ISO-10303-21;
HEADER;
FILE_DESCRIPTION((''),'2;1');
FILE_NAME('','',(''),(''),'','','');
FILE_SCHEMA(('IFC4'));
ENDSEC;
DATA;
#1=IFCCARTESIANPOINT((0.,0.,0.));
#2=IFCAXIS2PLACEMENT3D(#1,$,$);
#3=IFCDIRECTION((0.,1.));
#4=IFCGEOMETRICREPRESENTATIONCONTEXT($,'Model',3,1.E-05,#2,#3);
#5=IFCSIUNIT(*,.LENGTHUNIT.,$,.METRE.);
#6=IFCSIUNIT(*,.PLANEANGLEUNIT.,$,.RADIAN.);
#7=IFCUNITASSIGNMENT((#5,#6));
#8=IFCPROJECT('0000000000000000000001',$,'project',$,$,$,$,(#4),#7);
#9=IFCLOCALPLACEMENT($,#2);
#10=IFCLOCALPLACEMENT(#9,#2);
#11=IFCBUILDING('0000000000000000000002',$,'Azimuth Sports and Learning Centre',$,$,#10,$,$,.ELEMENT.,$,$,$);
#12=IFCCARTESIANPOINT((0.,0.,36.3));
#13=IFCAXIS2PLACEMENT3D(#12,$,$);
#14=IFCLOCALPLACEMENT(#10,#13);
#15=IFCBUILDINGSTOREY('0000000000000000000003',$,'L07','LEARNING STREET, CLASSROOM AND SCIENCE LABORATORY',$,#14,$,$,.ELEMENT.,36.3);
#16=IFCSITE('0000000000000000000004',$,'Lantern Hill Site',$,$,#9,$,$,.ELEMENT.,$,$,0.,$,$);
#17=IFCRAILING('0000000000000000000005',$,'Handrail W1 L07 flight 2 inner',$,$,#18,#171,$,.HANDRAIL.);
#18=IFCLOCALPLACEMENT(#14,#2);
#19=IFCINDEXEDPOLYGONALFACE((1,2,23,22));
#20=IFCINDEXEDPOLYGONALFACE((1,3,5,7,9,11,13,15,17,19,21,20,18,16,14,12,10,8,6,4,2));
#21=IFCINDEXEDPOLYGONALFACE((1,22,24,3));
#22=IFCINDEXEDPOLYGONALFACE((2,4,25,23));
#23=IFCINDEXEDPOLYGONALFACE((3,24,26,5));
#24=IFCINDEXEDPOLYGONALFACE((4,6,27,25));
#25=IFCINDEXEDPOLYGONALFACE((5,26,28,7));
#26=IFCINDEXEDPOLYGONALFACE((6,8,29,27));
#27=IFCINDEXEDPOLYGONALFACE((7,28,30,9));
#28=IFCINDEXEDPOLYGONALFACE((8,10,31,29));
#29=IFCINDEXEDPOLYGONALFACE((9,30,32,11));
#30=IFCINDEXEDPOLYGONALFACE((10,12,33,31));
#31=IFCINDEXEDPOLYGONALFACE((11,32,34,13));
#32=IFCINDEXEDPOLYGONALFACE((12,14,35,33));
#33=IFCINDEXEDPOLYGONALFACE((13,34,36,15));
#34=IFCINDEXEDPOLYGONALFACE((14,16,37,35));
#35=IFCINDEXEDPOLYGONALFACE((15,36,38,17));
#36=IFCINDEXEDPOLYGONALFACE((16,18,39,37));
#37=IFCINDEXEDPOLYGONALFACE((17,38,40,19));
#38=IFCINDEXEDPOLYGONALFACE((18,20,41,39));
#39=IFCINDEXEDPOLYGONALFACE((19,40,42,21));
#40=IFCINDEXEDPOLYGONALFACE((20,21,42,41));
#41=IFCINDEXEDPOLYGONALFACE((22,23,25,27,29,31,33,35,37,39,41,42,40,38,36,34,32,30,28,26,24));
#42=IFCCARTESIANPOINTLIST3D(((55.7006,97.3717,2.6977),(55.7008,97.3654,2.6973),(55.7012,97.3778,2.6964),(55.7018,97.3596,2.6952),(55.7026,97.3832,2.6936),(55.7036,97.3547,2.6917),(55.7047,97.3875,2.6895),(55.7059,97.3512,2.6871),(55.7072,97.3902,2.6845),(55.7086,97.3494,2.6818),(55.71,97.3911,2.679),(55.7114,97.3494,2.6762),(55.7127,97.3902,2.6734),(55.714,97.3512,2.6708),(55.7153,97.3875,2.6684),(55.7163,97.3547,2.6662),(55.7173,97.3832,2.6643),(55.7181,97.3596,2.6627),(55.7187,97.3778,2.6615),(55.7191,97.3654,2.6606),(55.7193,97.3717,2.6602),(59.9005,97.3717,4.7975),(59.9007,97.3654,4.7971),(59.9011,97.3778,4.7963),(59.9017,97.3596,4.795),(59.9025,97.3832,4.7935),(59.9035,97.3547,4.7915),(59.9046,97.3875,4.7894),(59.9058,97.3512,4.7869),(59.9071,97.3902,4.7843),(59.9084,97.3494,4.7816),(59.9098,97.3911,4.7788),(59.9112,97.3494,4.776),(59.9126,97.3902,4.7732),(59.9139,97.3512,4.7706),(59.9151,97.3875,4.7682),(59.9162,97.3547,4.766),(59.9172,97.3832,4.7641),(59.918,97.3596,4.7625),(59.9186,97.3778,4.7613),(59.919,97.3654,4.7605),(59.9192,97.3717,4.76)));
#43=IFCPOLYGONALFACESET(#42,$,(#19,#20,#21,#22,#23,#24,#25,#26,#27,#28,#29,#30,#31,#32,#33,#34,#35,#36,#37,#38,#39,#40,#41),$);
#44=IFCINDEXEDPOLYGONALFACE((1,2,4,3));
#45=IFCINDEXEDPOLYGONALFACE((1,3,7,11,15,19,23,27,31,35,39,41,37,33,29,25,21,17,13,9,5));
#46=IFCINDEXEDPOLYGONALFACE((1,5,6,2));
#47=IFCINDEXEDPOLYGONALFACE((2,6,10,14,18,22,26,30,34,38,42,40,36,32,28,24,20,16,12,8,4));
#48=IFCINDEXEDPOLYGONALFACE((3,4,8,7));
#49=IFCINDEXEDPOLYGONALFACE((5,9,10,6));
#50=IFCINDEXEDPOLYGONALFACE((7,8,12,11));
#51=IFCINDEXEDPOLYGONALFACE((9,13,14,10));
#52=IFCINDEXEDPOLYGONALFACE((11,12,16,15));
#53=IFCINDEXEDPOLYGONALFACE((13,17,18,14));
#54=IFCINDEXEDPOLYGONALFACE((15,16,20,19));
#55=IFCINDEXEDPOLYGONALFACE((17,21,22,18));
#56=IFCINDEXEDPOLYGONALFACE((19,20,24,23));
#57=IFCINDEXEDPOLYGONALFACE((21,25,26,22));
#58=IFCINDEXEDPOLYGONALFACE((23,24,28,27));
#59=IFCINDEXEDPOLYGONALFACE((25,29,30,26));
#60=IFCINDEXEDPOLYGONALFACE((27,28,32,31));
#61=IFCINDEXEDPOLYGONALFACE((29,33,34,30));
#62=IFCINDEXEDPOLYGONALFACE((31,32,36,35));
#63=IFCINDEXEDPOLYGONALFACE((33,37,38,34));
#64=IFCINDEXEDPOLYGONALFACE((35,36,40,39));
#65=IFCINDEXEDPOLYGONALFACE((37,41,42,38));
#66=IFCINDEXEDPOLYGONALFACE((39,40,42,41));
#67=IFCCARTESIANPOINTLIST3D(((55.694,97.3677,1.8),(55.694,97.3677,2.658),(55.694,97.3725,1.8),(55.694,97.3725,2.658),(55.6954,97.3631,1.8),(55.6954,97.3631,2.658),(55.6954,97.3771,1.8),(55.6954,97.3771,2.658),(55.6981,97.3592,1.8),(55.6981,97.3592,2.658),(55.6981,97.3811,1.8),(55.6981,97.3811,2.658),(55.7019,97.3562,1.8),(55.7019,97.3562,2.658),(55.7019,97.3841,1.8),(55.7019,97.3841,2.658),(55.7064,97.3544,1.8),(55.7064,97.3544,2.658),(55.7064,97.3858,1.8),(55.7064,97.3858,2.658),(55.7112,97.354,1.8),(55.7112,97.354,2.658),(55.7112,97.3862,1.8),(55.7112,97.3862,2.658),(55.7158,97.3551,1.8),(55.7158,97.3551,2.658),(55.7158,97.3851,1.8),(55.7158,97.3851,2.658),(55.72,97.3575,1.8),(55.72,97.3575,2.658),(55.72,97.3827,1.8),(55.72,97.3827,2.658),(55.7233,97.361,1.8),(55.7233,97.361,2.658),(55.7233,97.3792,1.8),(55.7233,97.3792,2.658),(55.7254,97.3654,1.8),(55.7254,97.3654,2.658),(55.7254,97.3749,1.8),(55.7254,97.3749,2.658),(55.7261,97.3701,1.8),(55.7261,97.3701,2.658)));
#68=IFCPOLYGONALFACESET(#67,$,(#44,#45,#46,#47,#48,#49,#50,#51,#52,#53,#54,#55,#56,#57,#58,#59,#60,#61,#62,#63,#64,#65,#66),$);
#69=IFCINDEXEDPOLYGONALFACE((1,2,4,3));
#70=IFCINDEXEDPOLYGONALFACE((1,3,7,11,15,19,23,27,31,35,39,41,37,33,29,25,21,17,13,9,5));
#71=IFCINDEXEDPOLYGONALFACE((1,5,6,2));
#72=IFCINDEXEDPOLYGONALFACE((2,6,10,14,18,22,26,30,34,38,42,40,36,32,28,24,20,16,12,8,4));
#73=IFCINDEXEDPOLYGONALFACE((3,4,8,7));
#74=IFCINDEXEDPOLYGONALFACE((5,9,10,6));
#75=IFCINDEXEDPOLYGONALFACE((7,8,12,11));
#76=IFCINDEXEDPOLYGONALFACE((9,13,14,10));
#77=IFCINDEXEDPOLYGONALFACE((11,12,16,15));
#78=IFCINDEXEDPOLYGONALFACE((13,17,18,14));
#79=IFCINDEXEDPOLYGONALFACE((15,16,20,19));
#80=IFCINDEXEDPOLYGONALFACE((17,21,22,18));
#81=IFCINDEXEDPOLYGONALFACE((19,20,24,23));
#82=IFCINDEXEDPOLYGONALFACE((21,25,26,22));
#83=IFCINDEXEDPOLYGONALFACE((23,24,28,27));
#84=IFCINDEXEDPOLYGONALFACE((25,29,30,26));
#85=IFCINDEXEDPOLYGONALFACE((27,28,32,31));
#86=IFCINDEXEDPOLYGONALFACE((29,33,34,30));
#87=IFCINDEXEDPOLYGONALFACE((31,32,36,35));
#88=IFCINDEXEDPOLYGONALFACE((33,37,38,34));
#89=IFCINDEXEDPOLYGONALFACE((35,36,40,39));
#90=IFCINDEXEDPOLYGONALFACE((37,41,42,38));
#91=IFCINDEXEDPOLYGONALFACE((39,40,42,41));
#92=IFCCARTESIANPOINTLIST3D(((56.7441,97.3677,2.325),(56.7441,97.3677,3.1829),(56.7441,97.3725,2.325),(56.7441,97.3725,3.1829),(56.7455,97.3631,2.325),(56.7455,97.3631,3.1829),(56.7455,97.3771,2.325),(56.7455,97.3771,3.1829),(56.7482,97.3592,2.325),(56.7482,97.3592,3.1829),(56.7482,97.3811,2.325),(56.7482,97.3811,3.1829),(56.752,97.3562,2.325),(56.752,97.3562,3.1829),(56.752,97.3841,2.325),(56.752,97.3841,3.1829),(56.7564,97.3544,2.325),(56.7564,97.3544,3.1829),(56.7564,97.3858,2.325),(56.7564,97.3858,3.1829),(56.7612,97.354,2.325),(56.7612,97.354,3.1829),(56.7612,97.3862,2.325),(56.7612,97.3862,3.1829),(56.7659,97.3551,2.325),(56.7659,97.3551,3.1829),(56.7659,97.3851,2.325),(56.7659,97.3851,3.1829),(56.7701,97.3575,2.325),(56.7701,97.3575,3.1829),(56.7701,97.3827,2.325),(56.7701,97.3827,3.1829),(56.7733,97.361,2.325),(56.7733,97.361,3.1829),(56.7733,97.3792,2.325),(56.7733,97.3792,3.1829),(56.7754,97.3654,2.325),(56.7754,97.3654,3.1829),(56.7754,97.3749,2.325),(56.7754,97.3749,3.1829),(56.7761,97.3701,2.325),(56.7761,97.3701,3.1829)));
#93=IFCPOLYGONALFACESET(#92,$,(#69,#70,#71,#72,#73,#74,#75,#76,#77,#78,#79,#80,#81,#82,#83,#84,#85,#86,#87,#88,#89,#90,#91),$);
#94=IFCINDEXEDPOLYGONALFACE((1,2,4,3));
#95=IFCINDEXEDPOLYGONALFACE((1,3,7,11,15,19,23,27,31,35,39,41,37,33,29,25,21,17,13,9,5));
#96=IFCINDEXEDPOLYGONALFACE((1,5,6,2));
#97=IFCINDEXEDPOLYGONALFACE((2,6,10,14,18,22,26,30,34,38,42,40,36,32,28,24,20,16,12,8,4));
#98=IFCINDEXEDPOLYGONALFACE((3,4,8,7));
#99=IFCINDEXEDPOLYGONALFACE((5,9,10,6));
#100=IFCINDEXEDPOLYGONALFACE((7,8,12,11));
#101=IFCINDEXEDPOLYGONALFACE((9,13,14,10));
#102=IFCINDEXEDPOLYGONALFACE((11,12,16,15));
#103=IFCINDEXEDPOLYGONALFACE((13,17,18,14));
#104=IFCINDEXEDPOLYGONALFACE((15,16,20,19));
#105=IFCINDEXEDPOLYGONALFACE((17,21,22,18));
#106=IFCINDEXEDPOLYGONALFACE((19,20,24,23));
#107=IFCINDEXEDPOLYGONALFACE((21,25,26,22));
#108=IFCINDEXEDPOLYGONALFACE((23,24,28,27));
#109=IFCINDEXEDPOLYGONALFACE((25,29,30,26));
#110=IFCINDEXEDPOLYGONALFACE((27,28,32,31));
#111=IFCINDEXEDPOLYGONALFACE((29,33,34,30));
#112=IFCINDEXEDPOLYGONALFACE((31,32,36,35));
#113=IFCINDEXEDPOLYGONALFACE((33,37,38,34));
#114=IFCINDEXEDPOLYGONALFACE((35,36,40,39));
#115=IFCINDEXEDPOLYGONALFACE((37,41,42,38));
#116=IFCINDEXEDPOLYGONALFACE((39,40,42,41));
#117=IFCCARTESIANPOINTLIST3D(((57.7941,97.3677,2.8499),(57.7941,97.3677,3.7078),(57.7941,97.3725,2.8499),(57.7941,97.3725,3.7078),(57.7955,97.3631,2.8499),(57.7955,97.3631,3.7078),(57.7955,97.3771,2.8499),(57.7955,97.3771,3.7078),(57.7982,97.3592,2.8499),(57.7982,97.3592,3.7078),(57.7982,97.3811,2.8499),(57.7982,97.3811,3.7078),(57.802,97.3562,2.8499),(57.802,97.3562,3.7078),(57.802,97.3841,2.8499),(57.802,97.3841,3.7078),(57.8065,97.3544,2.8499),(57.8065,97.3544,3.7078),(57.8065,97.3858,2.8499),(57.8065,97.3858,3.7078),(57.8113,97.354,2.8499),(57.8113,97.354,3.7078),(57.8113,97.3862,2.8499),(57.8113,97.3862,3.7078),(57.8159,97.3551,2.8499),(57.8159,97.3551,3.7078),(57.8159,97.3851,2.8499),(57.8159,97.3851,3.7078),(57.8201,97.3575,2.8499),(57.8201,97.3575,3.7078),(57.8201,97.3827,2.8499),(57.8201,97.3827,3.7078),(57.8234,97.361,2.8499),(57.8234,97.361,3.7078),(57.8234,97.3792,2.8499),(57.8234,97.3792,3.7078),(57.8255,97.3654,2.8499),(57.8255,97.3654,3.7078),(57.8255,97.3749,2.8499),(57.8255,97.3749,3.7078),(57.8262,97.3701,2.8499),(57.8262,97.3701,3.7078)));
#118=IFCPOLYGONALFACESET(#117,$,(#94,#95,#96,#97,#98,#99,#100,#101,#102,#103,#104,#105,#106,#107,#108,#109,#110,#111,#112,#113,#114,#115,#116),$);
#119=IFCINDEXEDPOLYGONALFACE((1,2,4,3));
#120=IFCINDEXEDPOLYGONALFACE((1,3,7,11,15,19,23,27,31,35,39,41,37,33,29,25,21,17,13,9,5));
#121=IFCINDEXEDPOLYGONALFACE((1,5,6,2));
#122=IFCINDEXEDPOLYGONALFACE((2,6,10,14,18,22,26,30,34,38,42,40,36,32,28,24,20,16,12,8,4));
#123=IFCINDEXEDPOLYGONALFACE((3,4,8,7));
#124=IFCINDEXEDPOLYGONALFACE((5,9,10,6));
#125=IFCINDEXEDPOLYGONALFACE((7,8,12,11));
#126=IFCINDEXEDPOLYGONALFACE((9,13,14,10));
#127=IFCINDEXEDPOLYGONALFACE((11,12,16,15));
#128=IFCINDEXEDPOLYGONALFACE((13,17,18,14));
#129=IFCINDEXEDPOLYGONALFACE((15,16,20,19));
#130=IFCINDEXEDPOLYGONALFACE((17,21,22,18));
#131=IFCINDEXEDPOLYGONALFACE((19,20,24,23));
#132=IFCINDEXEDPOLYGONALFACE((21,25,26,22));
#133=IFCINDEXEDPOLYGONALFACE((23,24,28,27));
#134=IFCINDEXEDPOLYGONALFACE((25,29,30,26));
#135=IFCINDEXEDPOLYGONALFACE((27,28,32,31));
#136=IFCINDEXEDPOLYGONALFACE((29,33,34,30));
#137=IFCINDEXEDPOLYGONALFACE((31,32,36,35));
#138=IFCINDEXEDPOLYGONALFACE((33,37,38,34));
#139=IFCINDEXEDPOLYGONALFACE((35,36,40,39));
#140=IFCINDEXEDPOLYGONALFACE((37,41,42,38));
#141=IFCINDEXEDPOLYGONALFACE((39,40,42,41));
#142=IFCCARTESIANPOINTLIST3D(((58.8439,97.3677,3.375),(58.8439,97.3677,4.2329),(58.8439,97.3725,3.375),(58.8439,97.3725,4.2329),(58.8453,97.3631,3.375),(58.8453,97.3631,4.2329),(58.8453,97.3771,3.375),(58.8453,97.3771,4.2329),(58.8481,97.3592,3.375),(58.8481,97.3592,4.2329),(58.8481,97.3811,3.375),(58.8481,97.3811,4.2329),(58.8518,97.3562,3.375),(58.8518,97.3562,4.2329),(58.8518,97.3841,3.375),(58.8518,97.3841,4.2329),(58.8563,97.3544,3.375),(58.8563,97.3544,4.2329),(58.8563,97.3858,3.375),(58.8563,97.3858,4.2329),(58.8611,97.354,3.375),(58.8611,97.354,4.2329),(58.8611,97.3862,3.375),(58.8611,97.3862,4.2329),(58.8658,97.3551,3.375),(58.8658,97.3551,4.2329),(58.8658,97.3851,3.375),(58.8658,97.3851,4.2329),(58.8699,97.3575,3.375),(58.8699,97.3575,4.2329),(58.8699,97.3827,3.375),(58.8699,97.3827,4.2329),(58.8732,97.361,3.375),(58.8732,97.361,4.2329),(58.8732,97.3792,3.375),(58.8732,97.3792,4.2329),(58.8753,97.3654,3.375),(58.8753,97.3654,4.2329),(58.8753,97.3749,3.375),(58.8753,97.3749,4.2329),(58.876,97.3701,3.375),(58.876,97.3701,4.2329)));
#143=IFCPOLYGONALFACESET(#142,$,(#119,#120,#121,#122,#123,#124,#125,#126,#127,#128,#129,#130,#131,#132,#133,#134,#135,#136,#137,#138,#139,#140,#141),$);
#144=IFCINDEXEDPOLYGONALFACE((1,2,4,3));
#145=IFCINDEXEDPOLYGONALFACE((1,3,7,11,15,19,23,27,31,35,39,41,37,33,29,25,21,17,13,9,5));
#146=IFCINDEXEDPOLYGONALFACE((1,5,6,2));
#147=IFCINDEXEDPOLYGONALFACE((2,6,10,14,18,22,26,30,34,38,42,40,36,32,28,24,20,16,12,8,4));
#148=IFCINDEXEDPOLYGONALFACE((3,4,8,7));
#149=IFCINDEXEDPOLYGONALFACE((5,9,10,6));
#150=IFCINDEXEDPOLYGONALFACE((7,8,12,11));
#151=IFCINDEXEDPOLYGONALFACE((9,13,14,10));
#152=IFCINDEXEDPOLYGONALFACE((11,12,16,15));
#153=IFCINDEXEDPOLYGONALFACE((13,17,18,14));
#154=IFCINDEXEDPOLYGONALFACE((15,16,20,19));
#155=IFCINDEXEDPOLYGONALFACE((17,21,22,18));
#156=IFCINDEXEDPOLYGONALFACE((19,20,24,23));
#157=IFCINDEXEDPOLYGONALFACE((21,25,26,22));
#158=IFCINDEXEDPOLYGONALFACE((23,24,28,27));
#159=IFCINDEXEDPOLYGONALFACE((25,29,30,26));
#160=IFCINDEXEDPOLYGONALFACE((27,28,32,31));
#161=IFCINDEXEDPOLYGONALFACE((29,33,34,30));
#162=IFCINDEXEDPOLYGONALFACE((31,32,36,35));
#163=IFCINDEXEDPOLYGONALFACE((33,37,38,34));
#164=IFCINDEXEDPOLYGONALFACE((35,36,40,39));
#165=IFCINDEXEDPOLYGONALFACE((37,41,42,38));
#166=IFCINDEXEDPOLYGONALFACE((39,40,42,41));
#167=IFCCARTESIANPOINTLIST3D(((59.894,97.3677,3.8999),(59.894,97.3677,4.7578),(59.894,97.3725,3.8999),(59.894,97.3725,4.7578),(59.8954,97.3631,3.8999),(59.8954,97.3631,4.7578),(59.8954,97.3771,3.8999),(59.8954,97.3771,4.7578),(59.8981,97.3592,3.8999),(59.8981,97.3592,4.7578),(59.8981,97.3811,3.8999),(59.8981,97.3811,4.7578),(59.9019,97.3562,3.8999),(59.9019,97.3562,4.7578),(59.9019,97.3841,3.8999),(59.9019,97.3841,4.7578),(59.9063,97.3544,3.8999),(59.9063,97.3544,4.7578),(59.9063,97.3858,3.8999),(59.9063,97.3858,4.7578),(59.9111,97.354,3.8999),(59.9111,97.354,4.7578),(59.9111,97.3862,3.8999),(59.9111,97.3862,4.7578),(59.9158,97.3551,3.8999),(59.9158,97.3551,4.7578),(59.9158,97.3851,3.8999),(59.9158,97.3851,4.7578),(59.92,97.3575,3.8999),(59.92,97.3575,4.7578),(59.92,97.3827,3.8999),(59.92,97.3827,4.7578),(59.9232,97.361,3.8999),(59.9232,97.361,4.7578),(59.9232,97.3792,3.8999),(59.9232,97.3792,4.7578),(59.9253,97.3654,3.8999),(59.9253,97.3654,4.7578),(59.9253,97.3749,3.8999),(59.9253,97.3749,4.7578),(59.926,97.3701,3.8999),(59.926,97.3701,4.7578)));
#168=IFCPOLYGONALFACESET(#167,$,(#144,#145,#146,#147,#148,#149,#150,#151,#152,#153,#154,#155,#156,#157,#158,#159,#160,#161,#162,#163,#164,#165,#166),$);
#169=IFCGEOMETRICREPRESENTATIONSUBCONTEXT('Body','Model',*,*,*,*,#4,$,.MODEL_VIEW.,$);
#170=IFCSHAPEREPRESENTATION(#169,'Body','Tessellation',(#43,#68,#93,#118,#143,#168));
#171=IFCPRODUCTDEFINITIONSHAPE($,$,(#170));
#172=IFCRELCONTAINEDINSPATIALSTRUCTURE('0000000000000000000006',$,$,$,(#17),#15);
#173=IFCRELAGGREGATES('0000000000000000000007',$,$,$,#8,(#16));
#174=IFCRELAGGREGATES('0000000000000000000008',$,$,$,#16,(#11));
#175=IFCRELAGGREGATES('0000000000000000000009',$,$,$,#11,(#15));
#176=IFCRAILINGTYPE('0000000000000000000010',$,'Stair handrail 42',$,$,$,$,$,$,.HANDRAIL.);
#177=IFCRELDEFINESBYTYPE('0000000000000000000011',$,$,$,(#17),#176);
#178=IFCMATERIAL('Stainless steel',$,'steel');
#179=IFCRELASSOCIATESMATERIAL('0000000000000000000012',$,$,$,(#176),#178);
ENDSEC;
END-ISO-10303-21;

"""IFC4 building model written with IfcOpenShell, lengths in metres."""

from ifc_helpers import new_model, si_unit, direction, frame, origin, origin_2d, place, context, subcontext, project, spatial, circle, extrude, material, type_object, element, save


model = new_model("IFC4")

# Units and contexts
model_context = context("Model", 3, precision=1e-05, world=origin(), true_north=direction((0.0, 1.0)))
body_context = subcontext(model_context, "Body", "Model", "MODEL_VIEW")
ifc_project = project(units=[si_unit("LENGTHUNIT", "METRE"), si_unit("PLANEANGLEUNIT", "RADIAN")], contexts=[model_context])

# Site, building, storey
site_placement = place(None, origin())
site = spatial("IfcSite", under=ifc_project, at=site_placement, Name="Lantern Hill Site", CompositionType="ELEMENT", RefElevation=0.0)
building_placement = place(site_placement, origin())
building = spatial("IfcBuilding", under=site, at=building_placement, Name="Azimuth Sports and Learning Centre", CompositionType="ELEMENT")
storey_placement = place(building_placement, frame((0.0, 0.0, 36.3)))
storey = spatial("IfcBuildingStorey", under=building, at=storey_placement, Name="L07", Description="LEARNING STREET, CLASSROOM AND SCIENCE LABORATORY", CompositionType="ELEMENT", Elevation=36.3)

# Railing
ifc_material_1 = material(Name="Stainless steel", Category="steel")
railing_type_1 = type_object("IfcRailingType", Name="Stair handrail 42", PredefinedType="HANDRAIL", material=ifc_material_1)
for number, where, name in (
    (1, (55.71, 97.3701, 1.8), "Handrail W1 L07 flight 2 inner"),
):
    element("IfcRailing", number, at=place(storey_placement, frame(where)), inside=storey, type_object=railing_type_1, Name=name, PredefinedType="HANDRAIL", context=body_context, shape_type="SweptSolid", body=[
        extrude(circle(Radius=0.021, at=origin_2d()), frame((0.0, 0.0, 0.8789), z_axis=(0.894438, 0.0, 0.447193), x_axis=(0.0, 1.0, 0.0)), (0.0, 0.0, 1.0), 4.6956),
        extrude(circle(Radius=0.0161, at=origin_2d()), origin(), (0.0, 0.0, 1.0), 0.8579),
        extrude(circle(Radius=0.0161, at=origin_2d()), frame((1.05, 0.0, 0.5249)), (0.0, 0.0, 1.0), 0.8579),
        extrude(circle(Radius=0.0161, at=origin_2d()), frame((2.1001, 0.0, 1.0498)), (0.0, 0.0, 1.0), 0.8579),
        extrude(circle(Radius=0.0161, at=origin_2d()), frame((3.1499, 0.0, 1.575)), (0.0, 0.0, 1.0), 0.8579),
        extrude(circle(Radius=0.0161, at=origin_2d()), frame((4.2, 0.0, 2.0999)), (0.0, 0.0, 1.0), 0.8579),
    ])

save(model, "model.ifc")
